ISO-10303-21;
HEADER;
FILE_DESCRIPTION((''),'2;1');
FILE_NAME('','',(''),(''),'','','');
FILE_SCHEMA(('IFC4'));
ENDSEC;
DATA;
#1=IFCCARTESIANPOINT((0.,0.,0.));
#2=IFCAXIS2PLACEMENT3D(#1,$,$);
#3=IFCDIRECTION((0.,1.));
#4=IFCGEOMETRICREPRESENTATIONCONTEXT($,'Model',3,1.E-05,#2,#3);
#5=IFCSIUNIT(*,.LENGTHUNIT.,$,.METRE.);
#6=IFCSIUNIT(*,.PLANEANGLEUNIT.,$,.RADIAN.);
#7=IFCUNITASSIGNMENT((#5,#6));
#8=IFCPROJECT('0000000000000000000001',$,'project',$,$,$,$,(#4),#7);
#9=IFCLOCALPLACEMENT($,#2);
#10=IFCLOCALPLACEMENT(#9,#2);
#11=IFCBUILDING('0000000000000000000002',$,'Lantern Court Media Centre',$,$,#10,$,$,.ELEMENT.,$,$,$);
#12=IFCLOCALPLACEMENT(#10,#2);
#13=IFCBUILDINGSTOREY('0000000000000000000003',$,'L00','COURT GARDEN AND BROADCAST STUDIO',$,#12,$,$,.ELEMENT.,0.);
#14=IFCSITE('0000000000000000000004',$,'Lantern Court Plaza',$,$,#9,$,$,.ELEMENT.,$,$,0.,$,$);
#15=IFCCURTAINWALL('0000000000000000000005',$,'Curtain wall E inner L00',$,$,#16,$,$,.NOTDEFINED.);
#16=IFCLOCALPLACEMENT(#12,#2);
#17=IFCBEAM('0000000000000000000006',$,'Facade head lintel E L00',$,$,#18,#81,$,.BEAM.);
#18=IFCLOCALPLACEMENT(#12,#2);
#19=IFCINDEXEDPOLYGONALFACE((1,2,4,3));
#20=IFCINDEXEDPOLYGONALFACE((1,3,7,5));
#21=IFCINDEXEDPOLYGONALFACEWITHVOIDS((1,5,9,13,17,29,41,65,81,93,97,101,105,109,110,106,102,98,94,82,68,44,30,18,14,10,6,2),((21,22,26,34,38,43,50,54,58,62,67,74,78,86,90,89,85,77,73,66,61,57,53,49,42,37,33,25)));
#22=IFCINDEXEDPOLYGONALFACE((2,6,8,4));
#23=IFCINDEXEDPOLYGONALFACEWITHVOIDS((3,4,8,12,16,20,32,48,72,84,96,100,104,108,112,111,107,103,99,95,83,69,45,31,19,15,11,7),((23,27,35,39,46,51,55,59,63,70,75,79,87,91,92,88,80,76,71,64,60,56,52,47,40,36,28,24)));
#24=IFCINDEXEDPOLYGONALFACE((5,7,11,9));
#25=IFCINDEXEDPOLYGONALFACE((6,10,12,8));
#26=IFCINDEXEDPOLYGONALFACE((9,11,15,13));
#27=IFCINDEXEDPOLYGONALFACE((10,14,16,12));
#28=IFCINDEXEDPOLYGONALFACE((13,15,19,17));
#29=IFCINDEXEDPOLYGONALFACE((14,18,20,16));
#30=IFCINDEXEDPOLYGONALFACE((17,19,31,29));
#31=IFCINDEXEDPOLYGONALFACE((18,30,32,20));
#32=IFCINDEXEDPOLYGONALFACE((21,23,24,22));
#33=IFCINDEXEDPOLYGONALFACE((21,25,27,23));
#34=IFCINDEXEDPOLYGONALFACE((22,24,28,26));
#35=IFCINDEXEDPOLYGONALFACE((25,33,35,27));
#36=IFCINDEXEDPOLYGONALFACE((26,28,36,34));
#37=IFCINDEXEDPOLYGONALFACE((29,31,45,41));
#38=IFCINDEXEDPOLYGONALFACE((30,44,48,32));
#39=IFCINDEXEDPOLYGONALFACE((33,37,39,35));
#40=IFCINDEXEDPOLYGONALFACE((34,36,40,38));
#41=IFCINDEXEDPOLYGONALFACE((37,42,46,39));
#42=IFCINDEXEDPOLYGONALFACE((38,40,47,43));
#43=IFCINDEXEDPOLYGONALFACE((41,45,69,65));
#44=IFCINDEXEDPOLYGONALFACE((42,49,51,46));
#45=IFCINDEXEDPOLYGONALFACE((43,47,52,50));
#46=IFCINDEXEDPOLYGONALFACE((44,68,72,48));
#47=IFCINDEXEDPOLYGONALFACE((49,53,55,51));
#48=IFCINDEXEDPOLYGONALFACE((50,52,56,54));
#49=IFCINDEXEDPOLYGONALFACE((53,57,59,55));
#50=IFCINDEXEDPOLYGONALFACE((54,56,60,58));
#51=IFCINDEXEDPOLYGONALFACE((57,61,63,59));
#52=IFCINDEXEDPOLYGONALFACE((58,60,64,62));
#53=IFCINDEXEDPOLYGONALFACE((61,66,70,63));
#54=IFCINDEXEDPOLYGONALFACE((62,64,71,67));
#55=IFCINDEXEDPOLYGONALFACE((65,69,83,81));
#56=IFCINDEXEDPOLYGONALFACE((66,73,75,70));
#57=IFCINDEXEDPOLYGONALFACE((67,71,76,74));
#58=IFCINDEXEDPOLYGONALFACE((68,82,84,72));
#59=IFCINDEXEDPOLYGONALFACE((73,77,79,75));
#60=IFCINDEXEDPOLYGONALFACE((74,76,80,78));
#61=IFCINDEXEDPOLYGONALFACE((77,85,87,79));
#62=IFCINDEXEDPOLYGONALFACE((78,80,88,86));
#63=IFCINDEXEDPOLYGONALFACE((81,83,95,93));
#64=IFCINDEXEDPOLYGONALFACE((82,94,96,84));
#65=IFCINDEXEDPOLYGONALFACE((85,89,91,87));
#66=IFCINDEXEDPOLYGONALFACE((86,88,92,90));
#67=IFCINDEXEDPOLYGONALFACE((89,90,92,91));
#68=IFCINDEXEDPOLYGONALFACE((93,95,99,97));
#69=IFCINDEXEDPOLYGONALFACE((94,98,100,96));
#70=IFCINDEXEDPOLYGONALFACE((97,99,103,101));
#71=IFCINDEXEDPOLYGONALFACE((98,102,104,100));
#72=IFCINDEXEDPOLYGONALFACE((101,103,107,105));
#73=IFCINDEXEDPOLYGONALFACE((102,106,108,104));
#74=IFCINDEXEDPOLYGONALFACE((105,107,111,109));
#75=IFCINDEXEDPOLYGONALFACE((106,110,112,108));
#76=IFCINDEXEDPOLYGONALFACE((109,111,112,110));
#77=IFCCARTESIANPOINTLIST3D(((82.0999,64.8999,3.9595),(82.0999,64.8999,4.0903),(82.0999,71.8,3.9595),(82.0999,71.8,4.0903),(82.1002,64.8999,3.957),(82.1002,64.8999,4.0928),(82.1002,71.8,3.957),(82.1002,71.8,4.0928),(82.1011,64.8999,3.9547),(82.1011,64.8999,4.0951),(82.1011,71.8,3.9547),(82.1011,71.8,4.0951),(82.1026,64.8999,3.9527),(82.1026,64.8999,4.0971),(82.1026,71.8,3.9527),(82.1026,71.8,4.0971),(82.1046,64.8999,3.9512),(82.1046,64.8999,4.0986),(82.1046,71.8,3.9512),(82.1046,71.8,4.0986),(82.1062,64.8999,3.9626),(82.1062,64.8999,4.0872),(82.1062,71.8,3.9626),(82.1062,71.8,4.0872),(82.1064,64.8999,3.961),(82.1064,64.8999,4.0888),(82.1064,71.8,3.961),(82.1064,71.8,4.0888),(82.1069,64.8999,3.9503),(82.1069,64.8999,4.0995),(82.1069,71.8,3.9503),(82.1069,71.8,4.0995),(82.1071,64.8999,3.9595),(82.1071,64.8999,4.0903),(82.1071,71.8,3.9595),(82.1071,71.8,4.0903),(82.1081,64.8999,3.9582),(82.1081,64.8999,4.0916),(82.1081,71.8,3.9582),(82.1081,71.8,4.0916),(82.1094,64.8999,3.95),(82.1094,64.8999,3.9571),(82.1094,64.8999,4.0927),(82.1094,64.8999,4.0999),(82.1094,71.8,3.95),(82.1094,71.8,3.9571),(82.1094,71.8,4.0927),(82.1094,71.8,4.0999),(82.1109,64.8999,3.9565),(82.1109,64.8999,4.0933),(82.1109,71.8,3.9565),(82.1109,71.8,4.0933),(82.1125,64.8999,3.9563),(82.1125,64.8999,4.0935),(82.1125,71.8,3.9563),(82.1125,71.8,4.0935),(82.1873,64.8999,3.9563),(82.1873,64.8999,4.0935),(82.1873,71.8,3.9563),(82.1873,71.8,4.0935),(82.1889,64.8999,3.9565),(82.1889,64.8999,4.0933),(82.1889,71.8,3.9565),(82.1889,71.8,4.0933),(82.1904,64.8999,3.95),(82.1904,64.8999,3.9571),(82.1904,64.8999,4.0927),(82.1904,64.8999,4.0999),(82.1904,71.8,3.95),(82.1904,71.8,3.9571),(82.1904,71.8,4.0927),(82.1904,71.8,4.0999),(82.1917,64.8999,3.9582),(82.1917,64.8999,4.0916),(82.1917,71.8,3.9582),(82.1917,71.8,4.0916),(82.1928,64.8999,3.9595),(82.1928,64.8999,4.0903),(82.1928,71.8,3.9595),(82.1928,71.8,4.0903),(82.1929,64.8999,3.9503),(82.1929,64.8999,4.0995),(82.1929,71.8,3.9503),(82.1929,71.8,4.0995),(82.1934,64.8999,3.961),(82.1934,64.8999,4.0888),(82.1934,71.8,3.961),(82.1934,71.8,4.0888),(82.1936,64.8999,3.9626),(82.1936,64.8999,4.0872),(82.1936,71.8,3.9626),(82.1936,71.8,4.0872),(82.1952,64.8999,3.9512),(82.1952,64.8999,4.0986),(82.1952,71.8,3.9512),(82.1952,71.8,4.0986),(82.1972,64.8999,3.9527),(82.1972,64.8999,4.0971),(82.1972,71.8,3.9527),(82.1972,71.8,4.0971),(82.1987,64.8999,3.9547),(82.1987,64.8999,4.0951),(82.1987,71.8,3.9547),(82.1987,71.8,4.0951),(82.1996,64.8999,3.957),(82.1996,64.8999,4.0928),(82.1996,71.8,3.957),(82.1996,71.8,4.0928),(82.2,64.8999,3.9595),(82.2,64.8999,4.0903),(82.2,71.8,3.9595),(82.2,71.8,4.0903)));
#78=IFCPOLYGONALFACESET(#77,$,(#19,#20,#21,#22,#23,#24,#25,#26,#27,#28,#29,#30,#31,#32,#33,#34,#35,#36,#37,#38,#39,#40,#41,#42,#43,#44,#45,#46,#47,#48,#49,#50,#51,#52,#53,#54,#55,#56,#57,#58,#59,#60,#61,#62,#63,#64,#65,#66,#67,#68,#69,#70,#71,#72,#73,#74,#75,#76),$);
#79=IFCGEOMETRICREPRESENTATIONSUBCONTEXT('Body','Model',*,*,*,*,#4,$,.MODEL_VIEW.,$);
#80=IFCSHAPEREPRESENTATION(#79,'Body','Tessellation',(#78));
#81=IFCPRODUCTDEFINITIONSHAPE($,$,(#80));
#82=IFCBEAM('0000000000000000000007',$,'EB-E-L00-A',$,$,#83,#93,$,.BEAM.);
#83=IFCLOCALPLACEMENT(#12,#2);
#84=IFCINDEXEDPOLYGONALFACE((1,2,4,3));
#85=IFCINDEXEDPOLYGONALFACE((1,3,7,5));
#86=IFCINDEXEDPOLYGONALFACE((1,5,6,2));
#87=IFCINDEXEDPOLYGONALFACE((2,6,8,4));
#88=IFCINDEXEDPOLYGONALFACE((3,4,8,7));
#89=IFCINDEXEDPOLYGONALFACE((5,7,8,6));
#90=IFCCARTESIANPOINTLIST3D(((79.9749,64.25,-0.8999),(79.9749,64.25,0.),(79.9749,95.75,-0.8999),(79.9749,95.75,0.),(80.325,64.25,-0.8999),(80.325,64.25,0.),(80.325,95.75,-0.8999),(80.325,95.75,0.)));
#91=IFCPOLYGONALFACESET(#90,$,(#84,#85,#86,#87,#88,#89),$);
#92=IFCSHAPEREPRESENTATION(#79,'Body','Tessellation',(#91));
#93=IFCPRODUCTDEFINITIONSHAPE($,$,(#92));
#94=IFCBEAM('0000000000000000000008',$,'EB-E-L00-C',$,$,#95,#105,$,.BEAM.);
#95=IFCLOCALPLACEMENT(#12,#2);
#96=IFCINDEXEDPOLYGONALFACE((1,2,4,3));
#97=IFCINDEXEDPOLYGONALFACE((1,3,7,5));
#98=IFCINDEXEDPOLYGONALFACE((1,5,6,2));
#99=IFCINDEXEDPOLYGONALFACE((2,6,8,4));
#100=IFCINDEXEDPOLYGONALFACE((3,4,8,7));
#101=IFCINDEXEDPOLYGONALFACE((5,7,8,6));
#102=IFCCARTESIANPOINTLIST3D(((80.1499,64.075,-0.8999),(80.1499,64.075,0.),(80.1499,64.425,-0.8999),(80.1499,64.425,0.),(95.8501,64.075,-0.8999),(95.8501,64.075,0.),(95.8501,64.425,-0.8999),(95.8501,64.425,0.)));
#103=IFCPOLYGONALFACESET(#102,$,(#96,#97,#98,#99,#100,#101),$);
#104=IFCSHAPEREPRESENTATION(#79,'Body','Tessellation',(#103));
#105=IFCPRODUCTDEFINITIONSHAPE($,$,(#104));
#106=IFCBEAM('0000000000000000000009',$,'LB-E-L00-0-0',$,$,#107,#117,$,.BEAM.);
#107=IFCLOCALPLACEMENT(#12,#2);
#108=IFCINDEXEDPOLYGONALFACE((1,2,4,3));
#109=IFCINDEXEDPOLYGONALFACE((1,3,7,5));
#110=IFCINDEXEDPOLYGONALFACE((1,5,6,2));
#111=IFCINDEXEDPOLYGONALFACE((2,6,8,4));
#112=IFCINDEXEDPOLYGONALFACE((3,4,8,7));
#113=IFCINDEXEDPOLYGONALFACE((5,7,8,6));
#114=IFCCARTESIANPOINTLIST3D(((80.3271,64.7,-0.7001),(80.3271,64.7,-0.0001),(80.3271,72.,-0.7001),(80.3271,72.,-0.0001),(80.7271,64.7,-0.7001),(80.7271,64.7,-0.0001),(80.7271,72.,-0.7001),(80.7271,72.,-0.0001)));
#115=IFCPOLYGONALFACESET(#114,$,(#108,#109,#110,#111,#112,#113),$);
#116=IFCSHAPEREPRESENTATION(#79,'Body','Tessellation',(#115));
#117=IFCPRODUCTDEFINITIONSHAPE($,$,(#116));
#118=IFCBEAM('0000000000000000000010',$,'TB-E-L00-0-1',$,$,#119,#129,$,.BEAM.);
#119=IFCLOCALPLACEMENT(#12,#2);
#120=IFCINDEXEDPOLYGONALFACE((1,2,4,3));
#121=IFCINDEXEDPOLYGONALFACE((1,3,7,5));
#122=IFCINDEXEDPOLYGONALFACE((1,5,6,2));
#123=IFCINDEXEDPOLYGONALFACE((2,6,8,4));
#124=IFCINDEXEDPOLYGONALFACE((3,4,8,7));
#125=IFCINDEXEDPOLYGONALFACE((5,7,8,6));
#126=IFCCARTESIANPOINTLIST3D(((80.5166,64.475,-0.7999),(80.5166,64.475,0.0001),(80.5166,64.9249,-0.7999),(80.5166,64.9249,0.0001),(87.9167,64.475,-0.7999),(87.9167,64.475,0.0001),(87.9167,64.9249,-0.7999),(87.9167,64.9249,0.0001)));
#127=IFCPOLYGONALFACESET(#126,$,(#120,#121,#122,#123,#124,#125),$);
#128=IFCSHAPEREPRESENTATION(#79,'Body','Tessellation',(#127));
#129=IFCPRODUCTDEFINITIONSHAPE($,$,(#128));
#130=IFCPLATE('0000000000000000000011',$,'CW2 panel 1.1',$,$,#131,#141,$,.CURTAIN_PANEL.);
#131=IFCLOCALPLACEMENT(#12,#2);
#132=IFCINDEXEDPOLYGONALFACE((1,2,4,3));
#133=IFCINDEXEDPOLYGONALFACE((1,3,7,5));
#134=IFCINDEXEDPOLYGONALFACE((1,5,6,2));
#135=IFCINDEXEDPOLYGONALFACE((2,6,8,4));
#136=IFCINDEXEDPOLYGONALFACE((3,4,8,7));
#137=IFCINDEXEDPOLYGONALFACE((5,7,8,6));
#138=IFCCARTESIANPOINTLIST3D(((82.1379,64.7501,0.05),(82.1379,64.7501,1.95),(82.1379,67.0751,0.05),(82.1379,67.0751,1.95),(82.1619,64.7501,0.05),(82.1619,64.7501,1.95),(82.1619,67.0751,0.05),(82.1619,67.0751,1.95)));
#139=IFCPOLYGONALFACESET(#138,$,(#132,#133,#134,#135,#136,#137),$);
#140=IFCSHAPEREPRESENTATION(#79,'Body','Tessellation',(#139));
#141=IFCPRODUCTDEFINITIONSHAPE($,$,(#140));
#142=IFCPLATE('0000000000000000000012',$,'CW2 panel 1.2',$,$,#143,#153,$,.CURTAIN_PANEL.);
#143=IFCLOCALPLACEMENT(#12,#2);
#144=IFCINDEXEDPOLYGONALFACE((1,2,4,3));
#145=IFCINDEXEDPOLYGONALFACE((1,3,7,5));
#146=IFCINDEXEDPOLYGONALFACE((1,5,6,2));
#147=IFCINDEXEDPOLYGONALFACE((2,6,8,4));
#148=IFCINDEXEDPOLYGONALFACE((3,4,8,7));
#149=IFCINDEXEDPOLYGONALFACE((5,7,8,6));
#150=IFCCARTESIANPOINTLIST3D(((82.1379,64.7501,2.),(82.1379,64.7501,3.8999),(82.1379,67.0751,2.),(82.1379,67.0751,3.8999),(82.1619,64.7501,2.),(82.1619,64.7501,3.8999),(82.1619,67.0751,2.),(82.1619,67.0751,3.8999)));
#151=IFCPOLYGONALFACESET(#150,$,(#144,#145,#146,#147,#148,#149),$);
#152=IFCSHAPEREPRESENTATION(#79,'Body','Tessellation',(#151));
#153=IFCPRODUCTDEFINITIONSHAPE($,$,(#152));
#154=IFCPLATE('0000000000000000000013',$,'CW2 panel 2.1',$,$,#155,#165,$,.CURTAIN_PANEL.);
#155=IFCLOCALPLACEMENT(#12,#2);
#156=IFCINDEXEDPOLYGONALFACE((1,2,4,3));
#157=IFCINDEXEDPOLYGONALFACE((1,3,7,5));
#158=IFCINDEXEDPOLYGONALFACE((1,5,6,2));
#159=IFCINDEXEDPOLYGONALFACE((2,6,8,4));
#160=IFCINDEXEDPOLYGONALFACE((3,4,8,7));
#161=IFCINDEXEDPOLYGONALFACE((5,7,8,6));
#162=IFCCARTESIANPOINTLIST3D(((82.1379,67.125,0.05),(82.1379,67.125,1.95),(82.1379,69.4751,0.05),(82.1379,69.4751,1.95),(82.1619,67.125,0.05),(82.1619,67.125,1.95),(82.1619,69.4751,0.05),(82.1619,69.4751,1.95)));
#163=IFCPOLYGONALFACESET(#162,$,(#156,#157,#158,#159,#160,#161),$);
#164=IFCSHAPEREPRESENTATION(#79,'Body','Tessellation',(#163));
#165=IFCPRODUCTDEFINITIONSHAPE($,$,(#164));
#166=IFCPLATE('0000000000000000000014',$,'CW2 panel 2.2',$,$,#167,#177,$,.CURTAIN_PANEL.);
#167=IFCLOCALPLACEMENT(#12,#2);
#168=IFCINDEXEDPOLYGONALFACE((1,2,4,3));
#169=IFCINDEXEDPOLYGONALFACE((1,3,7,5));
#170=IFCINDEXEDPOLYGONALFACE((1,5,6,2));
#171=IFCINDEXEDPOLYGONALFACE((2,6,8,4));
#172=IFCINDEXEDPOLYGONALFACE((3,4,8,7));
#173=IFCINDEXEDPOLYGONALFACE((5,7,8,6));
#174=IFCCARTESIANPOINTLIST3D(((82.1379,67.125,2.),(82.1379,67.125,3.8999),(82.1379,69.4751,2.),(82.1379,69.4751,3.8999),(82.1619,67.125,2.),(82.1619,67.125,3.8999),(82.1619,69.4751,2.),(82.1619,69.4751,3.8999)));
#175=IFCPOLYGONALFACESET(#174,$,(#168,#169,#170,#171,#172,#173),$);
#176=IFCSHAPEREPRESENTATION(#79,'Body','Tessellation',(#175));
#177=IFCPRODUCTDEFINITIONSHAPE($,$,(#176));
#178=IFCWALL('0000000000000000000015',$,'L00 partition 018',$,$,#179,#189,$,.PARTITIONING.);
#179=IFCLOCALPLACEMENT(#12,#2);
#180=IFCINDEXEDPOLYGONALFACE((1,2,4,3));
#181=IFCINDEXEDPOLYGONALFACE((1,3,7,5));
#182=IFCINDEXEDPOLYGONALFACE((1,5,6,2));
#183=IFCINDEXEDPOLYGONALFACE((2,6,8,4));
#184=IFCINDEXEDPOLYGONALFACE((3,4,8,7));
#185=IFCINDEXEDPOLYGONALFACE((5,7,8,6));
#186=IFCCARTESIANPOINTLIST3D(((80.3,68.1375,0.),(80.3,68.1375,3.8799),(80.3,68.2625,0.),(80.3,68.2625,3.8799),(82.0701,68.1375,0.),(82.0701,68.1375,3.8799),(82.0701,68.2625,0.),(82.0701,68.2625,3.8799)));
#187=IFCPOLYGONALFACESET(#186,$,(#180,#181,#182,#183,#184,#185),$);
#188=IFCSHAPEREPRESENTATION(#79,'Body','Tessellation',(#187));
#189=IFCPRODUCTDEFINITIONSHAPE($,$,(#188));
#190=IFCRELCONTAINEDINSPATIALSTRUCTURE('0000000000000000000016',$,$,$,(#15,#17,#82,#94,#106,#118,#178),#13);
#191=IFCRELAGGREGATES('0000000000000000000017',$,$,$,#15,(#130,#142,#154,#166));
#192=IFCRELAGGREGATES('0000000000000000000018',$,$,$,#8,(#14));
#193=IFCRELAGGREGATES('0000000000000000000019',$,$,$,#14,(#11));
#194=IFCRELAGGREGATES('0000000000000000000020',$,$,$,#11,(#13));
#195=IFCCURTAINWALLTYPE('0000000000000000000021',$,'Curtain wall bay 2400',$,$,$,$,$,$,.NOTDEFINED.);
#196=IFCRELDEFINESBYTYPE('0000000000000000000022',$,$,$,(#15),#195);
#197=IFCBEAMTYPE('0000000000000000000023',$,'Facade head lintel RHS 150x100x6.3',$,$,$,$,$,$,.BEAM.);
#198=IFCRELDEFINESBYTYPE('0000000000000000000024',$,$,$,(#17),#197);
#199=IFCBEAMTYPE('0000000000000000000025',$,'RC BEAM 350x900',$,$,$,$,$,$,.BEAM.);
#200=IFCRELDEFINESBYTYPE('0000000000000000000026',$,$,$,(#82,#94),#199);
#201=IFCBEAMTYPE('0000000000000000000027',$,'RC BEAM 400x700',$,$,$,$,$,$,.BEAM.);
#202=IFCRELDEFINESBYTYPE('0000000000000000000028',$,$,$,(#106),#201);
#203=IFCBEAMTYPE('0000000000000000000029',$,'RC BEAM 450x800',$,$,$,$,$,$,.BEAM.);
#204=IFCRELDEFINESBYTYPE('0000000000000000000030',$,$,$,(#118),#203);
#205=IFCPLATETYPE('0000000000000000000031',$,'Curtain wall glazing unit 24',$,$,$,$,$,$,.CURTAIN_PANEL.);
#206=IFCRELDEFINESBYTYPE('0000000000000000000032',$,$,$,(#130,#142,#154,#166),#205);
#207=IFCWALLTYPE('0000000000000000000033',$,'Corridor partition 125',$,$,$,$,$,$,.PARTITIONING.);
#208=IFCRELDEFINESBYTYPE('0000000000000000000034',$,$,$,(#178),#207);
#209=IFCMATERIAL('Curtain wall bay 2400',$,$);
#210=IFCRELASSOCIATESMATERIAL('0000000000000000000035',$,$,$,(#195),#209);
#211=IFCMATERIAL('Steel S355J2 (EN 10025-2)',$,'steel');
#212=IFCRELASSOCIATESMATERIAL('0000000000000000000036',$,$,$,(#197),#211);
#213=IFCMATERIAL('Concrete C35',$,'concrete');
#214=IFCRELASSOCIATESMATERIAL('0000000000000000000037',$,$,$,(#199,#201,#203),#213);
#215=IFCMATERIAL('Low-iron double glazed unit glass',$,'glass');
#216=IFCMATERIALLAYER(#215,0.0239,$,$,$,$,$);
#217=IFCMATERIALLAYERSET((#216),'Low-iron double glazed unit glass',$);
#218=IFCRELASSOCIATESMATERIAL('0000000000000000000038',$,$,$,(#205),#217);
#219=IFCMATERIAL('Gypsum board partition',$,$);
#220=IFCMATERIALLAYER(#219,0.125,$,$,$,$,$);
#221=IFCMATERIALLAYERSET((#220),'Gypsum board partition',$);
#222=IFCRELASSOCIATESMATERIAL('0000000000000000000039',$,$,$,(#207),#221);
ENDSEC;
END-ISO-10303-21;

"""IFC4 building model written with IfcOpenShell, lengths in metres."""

from ifc_helpers import new_model, si_unit, direction, frame, frame_2d, origin, origin_2d, place, context, subcontext, project, spatial, rectangle, hollow_rectangle, extrude, material, layer, layer_set, material_profile, profile_set, type_object, element, aggregate, save


model = new_model("IFC4")

# Units and contexts
model_context = context("Model", 3, precision=1e-05, world=origin(), true_north=direction((0.0, 1.0)))
body_context = subcontext(model_context, "Body", "Model", "MODEL_VIEW")
ifc_project = project(units=[si_unit("LENGTHUNIT", "METRE"), si_unit("PLANEANGLEUNIT", "RADIAN")], contexts=[model_context])

# Site, building, storey
site_placement = place(None, origin())
site = spatial("IfcSite", under=ifc_project, at=site_placement, Name="Lantern Court Plaza", CompositionType="ELEMENT", RefElevation=0.0)
building_placement = place(site_placement, origin())
building = spatial("IfcBuilding", under=site, at=building_placement, Name="Lantern Court Media Centre", CompositionType="ELEMENT")
storey_placement = place(building_placement, origin())
storey = spatial("IfcBuildingStorey", under=building, at=storey_placement, Name="L00", Description="COURT GARDEN AND BROADCAST STUDIO", CompositionType="ELEMENT", Elevation=0.0)

# Shared definitions
ifc_material_1 = material(Name="Concrete C35", Category="concrete")

# Curtain wall
ifc_material_2 = material(Name="Curtain wall bay 2400")
curtain_wall_type = type_object("IfcCurtainWallType", Name="Curtain wall bay 2400", PredefinedType="NOTDEFINED", material=ifc_material_2)
curtain_wall_placement = place(storey_placement, origin())
curtain_wall = element("IfcCurtainWall", 1, at=curtain_wall_placement, inside=storey, type_object=curtain_wall_type, Name="Curtain wall E inner L00", PredefinedType="NOTDEFINED")

# Beams
ifc_material_3 = material(Name="Steel S355J2 (EN 10025-2)", Category="steel")
ifc_material_profile_1 = material_profile(ifc_material_3, hollow_rectangle(XDim=0.1001, YDim=0.1499, WallThickness=0.0063, InnerFilletRadius=0.0063, OuterFilletRadius=0.0095, at=origin_2d()), Name="Facade head lintel RHS 150x100x6.3")
ifc_profile_set_1 = profile_set([ifc_material_profile_1], Name="Steel S355J2 (EN 10025-2)")
beam_type_1 = type_object("IfcBeamType", Name="Facade head lintel RHS 150x100x6.3", PredefinedType="BEAM", material=ifc_profile_set_1)
beam_1_placement = place(storey_placement, frame((82.1499, 64.8999, 4.0249), z_axis=(0.0, 1.0, 0.0), x_axis=(-1.0, 0.0, 0.0)))
element("IfcBeam", 2, at=beam_1_placement, inside=storey, type_object=beam_type_1, Name="Facade head lintel E L00", PredefinedType="BEAM", context=body_context, shape_type="SweptSolid", body=[
    extrude(hollow_rectangle(XDim=0.1001, YDim=0.1499, WallThickness=0.0063, InnerFilletRadius=0.0063, OuterFilletRadius=0.0095, at=origin_2d()), origin(), (0.0, 0.0, 1.0), 6.9001),
])
ifc_material_profile_2 = material_profile(ifc_material_1, rectangle(XDim=0.3501, YDim=0.8999, at=origin_2d()), Name="RC 350x900")
ifc_profile_set_2 = profile_set([ifc_material_profile_2], Name="Concrete C35")
beam_type_2 = type_object("IfcBeamType", Name="RC BEAM 350x900", PredefinedType="BEAM", material=ifc_profile_set_2)
beam_2_placement = place(storey_placement, frame((80.1499, 64.25, -0.45), z_axis=(0.0, 1.0, 0.0), x_axis=(-1.0, 0.0, 0.0)))
element("IfcBeam", 3, at=beam_2_placement, inside=storey, type_object=beam_type_2, Name="EB-E-L00-A", PredefinedType="BEAM", context=body_context, shape_type="SweptSolid", body=[
    extrude(rectangle(XDim=0.3501, YDim=0.8999, at=origin_2d()), origin(), (0.0, 0.0, 1.0), 31.5),
])
beam_3_placement = place(storey_placement, frame((80.1499, 64.25, -0.45), z_axis=(1.0, 0.0, 0.0), x_axis=(0.0, 1.0, 0.0)))
element("IfcBeam", 4, at=beam_3_placement, inside=storey, type_object=beam_type_2, Name="EB-E-L00-C", PredefinedType="BEAM", context=body_context, shape_type="SweptSolid", body=[
    extrude(rectangle(XDim=0.3501, YDim=0.8999, at=origin_2d()), origin(), (0.0, 0.0, 1.0), 15.7002),
])
ifc_material_profile_3 = material_profile(ifc_material_1, rectangle(XDim=0.3999, YDim=0.7, at=origin_2d()), Name="RC 400x700")
ifc_profile_set_3 = profile_set([ifc_material_profile_3], Name="Concrete C35")
beam_type_3 = type_object("IfcBeamType", Name="RC BEAM 400x700", PredefinedType="BEAM", material=ifc_profile_set_3)
beam_4_placement = place(storey_placement, frame((80.5271, 64.7, -0.3501), z_axis=(0.0, 1.0, 0.0), x_axis=(-1.0, 0.0, 0.0)))
element("IfcBeam", 5, at=beam_4_placement, inside=storey, type_object=beam_type_3, Name="LB-E-L00-0-0", PredefinedType="BEAM", context=body_context, shape_type="SweptSolid", body=[
    extrude(rectangle(XDim=0.3999, YDim=0.7, at=origin_2d()), origin(), (0.0, 0.0, 1.0), 7.3),
])
ifc_material_profile_4 = material_profile(ifc_material_1, rectangle(XDim=0.45, YDim=0.8, at=origin_2d()), Name="RC 450x800")
ifc_profile_set_4 = profile_set([ifc_material_profile_4], Name="Concrete C35")
beam_type_4 = type_object("IfcBeamType", Name="RC BEAM 450x800", PredefinedType="BEAM", material=ifc_profile_set_4)
beam_5_placement = place(storey_placement, frame((80.5166, 64.7, -0.3999), z_axis=(1.0, 0.0, 0.0), x_axis=(0.0, 1.0, 0.0)))
element("IfcBeam", 6, at=beam_5_placement, inside=storey, type_object=beam_type_4, Name="TB-E-L00-0-1", PredefinedType="BEAM", context=body_context, shape_type="SweptSolid", body=[
    extrude(rectangle(XDim=0.45, YDim=0.8, at=origin_2d()), origin(), (0.0, 0.0, 1.0), 7.4001),
])

# Plates
ifc_material_4 = material(Name="Low-iron double glazed unit glass", Category="glass")
ifc_layer_1 = layer(ifc_material_4, 0.0239)
ifc_layer_set_1 = layer_set([ifc_layer_1], Name="Low-iron double glazed unit glass")
plate_type = type_object("IfcPlateType", Name="Curtain wall glazing unit 24", PredefinedType="CURTAIN_PANEL", material=ifc_layer_set_1)
plate_1_placement = place(storey_placement, frame((82.1499, 65.9126, 0.05), z_axis=(0.0, 0.0, 1.0), x_axis=(0.0, 1.0, 0.0)))
plate_1 = element("IfcPlate", 7, at=plate_1_placement, type_object=plate_type, Name="CW2 panel 1.1", PredefinedType="CURTAIN_PANEL", context=body_context, shape_type="SweptSolid", body=[
    extrude(rectangle(XDim=2.325, YDim=0.0239, at=origin_2d()), origin(), (0.0, 0.0, 1.0), 1.8999),
])
plate_2_placement = place(storey_placement, frame((82.1499, 65.9126, 2.0), z_axis=(0.0, 0.0, 1.0), x_axis=(0.0, 1.0, 0.0)))
plate_2 = element("IfcPlate", 8, at=plate_2_placement, type_object=plate_type, Name="CW2 panel 1.2", PredefinedType="CURTAIN_PANEL", context=body_context, shape_type="SweptSolid", body=[
    extrude(rectangle(XDim=2.325, YDim=0.0239, at=origin_2d()), origin(), (0.0, 0.0, 1.0), 1.8999),
])
plate_3_placement = place(storey_placement, frame((82.1499, 68.3, 0.05), z_axis=(0.0, 0.0, 1.0), x_axis=(0.0, 1.0, 0.0)))
plate_3 = element("IfcPlate", 9, at=plate_3_placement, type_object=plate_type, Name="CW2 panel 2.1", PredefinedType="CURTAIN_PANEL", context=body_context, shape_type="SweptSolid", body=[
    extrude(rectangle(XDim=2.3501, YDim=0.0239, at=origin_2d()), origin(), (0.0, 0.0, 1.0), 1.8999),
])
plate_4_placement = place(storey_placement, frame((82.1499, 68.3, 2.0), z_axis=(0.0, 0.0, 1.0), x_axis=(0.0, 1.0, 0.0)))
plate_4 = element("IfcPlate", 10, at=plate_4_placement, type_object=plate_type, Name="CW2 panel 2.2", PredefinedType="CURTAIN_PANEL", context=body_context, shape_type="SweptSolid", body=[
    extrude(rectangle(XDim=2.3501, YDim=0.0239, at=origin_2d()), origin(), (0.0, 0.0, 1.0), 1.8999),
])
aggregate(curtain_wall, [plate_1, plate_2, plate_3, plate_4])

# Wall
ifc_material_5 = material(Name="Gypsum board partition")
ifc_layer_2 = layer(ifc_material_5, 0.125)
ifc_layer_set_2 = layer_set([ifc_layer_2], Name="Gypsum board partition")
wall_type_1 = type_object("IfcWallType", Name="Corridor partition 125", PredefinedType="PARTITIONING", material=ifc_layer_set_2)
wall_1_placement = place(storey_placement, frame((80.3, 68.2, 0.0), z_axis=(0.0, 0.0, 1.0), x_axis=(1.0, 0.0, 0.0)))
element("IfcWall", 11, at=wall_1_placement, inside=storey, type_object=wall_type_1, Name="L00 partition 018", PredefinedType="PARTITIONING", context=body_context, shape_type="SweptSolid", body=[
    extrude(rectangle(XDim=1.77, YDim=0.125, at=frame_2d((0.885, 0.0))), origin(), (0.0, 0.0, 1.0), 3.8799),
])

save(model, "model.ifc")
